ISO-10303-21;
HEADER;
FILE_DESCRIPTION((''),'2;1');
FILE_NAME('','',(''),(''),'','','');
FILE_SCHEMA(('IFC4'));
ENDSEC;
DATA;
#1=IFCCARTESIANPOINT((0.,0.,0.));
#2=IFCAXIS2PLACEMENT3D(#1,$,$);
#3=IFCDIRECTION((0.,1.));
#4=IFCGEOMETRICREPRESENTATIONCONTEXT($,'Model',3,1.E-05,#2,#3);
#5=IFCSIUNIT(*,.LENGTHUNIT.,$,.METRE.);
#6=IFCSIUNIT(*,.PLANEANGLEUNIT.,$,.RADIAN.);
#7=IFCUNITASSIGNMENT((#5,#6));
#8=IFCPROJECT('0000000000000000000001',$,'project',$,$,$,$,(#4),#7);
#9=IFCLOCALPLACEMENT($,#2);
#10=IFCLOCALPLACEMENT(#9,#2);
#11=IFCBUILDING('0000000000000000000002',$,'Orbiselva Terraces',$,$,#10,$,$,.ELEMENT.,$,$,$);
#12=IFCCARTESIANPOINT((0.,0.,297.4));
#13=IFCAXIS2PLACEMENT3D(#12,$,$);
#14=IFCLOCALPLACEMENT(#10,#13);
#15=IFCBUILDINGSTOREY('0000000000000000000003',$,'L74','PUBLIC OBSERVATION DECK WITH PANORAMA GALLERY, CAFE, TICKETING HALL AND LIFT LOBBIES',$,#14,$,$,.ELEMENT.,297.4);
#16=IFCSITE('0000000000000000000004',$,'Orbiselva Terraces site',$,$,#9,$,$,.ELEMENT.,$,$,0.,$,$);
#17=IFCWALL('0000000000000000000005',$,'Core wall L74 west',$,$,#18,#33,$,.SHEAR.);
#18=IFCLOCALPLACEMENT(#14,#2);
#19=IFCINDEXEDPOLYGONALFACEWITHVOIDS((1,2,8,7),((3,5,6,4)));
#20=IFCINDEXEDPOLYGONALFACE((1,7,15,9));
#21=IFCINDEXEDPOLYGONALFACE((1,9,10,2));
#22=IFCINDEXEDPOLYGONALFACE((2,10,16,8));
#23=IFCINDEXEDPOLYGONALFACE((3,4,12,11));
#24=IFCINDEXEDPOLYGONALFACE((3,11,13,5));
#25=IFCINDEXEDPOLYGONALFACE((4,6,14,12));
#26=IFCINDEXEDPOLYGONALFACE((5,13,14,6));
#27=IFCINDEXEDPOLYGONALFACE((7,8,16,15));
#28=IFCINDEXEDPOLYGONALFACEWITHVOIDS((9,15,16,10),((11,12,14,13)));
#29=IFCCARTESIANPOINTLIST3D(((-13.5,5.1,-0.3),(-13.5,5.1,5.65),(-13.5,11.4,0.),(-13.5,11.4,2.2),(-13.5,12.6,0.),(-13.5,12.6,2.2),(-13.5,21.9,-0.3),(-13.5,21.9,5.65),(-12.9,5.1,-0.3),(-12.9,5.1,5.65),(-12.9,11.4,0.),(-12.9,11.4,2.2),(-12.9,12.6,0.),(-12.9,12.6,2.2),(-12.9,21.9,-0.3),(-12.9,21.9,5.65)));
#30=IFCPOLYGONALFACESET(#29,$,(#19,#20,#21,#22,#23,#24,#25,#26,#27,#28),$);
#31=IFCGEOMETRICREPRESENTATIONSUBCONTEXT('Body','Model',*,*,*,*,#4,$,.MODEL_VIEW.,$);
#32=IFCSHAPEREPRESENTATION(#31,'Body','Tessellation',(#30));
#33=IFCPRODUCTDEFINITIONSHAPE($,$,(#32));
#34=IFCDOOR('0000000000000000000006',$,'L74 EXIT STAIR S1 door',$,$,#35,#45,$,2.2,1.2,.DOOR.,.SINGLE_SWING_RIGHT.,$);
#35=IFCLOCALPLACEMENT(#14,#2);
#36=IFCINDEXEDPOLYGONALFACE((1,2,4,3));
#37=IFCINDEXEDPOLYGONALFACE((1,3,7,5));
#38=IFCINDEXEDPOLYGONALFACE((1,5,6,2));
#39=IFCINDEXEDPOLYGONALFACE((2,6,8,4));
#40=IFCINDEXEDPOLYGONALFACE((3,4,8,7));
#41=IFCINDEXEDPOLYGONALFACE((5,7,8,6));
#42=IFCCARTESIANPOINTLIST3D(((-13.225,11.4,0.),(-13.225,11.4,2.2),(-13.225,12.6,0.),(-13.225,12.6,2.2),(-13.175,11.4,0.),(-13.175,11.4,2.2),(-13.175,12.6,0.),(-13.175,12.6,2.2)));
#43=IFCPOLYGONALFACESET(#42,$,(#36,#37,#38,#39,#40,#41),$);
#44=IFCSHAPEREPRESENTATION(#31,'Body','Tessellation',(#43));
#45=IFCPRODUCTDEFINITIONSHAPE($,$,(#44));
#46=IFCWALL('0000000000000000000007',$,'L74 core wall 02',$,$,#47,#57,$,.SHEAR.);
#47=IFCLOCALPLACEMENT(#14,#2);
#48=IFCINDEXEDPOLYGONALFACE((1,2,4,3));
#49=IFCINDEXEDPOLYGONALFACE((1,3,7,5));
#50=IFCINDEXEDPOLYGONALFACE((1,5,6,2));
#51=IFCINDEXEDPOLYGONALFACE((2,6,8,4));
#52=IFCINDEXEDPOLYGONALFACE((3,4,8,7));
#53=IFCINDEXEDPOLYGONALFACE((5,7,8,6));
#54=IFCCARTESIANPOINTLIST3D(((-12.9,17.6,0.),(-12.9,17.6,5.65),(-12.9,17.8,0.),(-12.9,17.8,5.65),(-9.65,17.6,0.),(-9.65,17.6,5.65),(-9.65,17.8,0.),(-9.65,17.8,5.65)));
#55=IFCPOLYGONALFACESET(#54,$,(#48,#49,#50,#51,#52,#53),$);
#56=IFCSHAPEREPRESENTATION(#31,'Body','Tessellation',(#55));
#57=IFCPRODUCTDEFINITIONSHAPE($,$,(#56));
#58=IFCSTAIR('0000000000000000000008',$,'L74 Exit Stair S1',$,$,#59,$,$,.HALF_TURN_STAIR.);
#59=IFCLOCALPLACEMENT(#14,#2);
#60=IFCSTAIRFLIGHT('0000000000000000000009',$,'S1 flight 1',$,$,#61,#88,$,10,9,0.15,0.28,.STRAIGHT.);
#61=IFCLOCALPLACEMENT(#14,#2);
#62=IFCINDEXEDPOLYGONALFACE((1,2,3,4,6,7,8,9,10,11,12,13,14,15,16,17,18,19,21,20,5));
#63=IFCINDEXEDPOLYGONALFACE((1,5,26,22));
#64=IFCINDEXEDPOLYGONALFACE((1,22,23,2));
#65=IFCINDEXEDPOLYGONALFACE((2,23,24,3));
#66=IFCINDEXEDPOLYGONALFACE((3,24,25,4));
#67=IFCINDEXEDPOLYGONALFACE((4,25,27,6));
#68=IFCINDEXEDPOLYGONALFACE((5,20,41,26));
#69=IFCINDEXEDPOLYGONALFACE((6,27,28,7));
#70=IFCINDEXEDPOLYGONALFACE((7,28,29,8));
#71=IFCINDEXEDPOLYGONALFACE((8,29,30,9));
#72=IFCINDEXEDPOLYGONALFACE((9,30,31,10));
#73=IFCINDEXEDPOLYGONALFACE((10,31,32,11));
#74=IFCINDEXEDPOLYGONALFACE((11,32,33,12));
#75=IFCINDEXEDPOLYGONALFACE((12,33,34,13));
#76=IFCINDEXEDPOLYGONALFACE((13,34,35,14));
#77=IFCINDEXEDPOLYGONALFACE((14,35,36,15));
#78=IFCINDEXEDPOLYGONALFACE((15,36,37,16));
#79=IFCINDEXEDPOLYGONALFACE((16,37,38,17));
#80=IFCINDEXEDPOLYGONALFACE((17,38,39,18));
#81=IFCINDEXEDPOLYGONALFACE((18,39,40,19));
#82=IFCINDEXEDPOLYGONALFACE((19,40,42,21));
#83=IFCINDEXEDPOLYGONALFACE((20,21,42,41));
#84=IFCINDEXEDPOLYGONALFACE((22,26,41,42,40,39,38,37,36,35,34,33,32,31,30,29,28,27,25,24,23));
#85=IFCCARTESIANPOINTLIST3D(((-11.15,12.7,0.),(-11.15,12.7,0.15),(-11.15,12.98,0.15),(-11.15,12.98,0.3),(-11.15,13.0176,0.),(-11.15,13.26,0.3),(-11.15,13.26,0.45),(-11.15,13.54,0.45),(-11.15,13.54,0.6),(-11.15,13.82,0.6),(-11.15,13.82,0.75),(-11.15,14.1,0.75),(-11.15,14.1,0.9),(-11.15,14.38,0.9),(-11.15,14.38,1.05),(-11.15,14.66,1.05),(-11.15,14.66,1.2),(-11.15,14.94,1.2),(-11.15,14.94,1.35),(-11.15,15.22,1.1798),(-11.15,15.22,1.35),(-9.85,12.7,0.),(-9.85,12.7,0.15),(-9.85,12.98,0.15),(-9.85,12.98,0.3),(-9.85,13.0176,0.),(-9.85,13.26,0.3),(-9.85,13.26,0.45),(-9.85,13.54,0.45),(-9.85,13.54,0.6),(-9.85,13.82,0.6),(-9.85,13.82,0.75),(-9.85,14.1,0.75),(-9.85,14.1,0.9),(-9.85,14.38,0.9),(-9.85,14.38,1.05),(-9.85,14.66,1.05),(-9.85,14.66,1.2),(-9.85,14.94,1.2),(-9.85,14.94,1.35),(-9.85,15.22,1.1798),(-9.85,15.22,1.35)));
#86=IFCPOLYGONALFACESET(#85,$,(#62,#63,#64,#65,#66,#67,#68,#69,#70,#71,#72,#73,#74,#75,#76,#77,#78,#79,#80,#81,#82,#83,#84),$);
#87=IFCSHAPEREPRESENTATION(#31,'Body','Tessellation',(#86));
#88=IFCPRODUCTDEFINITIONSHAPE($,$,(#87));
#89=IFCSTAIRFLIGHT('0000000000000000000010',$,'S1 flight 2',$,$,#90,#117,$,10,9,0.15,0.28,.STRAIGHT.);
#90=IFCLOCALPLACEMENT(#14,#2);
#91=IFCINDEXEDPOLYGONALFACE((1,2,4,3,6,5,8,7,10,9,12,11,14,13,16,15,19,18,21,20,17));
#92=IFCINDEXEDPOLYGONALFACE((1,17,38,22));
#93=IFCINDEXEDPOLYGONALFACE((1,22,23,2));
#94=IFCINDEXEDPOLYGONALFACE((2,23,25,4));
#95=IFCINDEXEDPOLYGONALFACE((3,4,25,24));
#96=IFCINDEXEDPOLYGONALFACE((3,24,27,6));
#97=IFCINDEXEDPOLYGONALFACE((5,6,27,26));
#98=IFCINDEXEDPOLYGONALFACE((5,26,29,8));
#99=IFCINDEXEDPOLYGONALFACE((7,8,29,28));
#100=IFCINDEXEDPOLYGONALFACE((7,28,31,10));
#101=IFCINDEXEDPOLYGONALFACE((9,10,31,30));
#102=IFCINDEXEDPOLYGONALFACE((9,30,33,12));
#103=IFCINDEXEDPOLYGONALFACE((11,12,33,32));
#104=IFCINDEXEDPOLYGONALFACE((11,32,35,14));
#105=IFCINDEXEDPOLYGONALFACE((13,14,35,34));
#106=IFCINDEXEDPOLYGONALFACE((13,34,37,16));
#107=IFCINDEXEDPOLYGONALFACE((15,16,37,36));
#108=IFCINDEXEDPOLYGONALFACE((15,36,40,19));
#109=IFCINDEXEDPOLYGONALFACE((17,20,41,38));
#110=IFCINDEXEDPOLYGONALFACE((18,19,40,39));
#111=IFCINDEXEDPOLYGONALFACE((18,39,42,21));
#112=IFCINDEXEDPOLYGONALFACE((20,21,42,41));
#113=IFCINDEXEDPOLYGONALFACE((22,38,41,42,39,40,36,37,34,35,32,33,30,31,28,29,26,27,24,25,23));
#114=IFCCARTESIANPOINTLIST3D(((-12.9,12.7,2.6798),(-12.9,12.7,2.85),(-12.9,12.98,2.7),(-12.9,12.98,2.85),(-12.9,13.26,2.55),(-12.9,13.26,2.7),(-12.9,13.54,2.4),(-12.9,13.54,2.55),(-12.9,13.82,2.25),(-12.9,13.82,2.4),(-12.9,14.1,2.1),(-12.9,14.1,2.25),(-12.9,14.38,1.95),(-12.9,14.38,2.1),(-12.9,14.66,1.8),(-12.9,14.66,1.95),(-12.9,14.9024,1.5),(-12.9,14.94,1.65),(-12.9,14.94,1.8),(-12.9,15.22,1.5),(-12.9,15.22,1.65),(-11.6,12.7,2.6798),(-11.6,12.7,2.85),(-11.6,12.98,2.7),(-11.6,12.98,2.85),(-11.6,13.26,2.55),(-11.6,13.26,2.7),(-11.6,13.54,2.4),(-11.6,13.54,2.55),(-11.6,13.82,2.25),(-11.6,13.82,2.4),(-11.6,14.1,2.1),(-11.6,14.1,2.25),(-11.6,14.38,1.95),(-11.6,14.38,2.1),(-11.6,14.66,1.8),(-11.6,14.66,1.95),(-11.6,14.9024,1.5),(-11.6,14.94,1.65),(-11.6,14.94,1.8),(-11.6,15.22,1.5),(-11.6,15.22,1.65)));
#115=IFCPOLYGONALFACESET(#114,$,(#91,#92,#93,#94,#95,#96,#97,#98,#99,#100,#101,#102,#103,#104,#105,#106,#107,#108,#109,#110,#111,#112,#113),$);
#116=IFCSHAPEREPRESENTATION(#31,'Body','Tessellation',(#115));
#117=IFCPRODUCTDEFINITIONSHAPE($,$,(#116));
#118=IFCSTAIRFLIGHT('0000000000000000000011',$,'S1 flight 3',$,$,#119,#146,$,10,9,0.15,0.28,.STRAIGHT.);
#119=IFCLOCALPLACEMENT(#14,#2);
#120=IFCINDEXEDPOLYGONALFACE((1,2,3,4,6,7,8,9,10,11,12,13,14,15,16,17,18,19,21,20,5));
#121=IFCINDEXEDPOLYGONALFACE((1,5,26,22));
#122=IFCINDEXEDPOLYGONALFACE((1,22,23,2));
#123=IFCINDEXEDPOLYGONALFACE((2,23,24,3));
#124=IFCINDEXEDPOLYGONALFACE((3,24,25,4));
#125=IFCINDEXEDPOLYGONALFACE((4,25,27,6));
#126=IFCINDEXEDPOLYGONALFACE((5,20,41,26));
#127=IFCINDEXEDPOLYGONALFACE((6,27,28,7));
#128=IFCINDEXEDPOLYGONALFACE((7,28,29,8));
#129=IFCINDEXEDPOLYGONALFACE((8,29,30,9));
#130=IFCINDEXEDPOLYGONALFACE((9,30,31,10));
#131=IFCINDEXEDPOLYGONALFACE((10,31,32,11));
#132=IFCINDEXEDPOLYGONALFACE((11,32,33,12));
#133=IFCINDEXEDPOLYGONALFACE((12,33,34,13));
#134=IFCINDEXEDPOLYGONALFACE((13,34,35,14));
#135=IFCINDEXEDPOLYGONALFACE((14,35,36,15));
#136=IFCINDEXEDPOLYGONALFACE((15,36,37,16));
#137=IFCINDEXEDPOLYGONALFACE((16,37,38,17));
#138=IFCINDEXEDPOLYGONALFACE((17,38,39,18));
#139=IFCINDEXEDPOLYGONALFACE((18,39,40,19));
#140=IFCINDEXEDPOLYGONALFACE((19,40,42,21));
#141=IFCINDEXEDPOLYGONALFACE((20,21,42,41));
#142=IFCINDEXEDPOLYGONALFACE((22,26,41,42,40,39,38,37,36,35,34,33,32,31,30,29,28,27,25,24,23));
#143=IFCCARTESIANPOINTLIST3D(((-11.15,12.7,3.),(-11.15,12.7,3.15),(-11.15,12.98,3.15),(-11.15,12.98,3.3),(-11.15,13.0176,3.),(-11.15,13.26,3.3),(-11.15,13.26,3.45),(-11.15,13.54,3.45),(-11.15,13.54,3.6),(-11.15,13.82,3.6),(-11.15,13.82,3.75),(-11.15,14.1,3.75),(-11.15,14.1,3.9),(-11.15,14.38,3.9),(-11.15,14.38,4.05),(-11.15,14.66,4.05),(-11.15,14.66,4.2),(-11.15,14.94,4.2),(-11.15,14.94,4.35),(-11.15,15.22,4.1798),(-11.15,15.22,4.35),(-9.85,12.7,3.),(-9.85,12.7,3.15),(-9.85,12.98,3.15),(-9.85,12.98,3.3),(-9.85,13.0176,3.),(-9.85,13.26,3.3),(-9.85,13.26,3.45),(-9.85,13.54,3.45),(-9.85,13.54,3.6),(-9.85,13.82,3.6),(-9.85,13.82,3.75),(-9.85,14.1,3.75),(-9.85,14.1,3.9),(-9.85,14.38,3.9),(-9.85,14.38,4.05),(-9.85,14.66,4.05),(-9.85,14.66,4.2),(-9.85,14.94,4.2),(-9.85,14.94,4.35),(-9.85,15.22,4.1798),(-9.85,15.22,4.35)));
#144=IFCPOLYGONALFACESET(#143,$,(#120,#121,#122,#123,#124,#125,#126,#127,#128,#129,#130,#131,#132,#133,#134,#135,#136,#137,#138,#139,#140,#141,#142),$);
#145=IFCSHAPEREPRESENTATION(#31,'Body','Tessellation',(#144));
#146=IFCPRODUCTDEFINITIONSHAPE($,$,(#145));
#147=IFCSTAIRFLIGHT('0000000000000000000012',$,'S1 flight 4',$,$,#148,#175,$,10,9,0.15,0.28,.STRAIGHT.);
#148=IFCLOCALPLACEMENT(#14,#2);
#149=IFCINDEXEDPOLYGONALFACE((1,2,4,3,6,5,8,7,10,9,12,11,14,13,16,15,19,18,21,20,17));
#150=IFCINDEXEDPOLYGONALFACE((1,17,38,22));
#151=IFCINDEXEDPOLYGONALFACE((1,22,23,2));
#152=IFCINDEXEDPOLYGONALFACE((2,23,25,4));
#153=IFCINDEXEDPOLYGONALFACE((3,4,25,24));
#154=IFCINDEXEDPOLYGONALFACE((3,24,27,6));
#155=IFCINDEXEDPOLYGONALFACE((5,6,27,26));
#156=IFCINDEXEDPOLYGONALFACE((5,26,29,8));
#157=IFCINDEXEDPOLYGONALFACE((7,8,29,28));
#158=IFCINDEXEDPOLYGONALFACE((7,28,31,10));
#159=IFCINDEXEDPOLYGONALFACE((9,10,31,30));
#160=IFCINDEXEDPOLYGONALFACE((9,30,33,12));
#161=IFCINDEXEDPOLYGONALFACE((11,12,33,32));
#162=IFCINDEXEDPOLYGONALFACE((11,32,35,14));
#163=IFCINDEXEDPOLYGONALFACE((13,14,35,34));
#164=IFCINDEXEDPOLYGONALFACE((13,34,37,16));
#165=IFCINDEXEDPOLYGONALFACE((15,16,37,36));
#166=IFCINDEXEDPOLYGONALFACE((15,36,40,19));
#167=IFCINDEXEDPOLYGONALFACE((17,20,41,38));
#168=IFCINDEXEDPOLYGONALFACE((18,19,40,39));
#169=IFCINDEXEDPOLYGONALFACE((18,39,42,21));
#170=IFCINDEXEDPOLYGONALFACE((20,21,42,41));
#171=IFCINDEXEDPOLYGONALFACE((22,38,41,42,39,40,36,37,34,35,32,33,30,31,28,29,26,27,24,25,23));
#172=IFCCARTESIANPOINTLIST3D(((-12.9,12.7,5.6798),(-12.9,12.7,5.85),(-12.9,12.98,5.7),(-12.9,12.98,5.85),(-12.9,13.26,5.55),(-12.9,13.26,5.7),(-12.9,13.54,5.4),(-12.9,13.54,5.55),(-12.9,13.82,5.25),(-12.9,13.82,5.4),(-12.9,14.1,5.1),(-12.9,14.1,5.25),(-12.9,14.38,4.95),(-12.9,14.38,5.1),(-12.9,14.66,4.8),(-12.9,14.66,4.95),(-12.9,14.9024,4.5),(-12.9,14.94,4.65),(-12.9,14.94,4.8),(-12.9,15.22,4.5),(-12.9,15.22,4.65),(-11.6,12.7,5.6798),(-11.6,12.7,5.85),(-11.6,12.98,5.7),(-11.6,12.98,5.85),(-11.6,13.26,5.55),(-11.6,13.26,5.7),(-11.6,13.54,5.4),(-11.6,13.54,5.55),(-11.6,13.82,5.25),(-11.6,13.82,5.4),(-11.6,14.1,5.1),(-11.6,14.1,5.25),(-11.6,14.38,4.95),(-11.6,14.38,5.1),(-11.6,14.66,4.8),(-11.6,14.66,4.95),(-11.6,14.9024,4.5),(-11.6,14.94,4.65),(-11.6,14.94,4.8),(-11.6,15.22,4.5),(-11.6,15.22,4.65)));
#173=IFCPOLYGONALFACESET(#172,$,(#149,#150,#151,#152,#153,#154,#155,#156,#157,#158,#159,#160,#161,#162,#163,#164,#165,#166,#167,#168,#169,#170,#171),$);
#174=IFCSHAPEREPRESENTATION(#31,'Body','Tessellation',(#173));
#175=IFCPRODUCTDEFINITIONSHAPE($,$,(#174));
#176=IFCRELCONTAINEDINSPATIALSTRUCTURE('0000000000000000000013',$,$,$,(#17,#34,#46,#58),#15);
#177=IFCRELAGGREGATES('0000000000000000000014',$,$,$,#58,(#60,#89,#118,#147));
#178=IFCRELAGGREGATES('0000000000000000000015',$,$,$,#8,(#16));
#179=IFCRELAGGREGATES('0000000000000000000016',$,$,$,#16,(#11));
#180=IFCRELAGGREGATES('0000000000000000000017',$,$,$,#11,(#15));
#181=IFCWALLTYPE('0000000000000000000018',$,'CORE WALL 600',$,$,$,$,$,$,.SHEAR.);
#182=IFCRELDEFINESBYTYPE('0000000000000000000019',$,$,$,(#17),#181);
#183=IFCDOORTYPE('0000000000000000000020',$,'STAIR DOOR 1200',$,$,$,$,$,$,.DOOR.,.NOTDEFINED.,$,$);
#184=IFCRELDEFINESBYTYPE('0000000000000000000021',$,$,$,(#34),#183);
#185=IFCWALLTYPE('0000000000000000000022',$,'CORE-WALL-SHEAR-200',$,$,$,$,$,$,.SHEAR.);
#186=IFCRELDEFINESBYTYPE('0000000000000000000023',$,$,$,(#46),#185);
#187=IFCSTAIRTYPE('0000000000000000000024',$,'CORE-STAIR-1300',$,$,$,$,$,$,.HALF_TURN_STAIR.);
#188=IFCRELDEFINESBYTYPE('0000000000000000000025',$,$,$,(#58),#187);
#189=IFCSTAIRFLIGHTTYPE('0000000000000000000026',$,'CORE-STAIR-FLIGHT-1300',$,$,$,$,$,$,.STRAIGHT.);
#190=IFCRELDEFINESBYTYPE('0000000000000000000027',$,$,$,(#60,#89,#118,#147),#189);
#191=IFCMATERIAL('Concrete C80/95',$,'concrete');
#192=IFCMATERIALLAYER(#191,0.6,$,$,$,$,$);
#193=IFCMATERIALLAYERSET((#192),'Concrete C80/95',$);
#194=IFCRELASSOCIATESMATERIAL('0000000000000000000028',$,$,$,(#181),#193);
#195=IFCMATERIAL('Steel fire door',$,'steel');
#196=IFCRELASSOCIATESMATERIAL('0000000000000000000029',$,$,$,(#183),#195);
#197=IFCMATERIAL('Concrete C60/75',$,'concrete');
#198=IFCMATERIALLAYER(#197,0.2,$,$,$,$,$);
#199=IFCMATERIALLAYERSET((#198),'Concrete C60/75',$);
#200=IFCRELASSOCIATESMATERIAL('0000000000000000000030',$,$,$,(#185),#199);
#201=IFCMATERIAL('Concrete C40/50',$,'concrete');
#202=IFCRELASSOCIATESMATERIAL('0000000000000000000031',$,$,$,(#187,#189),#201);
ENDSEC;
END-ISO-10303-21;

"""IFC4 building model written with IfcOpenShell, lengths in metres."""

from ifc_helpers import new_model, si_unit, direction, frame, frame_2d, origin, place, context, subcontext, project, spatial, polyline, rectangle, outline, extrude, material, layer, layer_set, type_object, element, fill, aggregate, save


model = new_model("IFC4")

# Units and contexts
model_context = context("Model", 3, precision=1e-05, world=origin(), true_north=direction((0.0, 1.0)))
body_context = subcontext(model_context, "Body", "Model", "MODEL_VIEW")
ifc_project = project(units=[si_unit("LENGTHUNIT", "METRE"), si_unit("PLANEANGLEUNIT", "RADIAN")], contexts=[model_context])

# Site, building, storey
site_placement = place(None, origin())
site = spatial("IfcSite", under=ifc_project, at=site_placement, Name="Orbiselva Terraces site", CompositionType="ELEMENT", RefElevation=0.0)
building_placement = place(site_placement, origin())
building = spatial("IfcBuilding", under=site, at=building_placement, Name="Orbiselva Terraces", CompositionType="ELEMENT")
storey_placement = place(building_placement, frame((0.0, 0.0, 297.4)))
storey = spatial("IfcBuildingStorey", under=building, at=storey_placement, Name="L74", Description="PUBLIC OBSERVATION DECK WITH PANORAMA GALLERY, CAFE, TICKETING HALL AND LIFT LOBBIES", CompositionType="ELEMENT", Elevation=297.4)

# Wall, opening, door
ifc_material_1 = material(Name="Concrete C80/95", Category="concrete")
ifc_layer_1 = layer(ifc_material_1, 0.6)
ifc_layer_set_1 = layer_set([ifc_layer_1], Name="Concrete C80/95")
wall_type_1 = type_object("IfcWallType", Name="CORE WALL 600", PredefinedType="SHEAR", material=ifc_layer_set_1)
wall_1_placement = place(storey_placement, frame((-13.2, 21.9, -0.3), z_axis=(0.0, 0.0, 1.0), x_axis=(0.0, -1.0, 0.0)))
wall_1 = element("IfcWall", 1, at=wall_1_placement, inside=storey, type_object=wall_type_1, Name="Core wall L74 west", PredefinedType="SHEAR", context=body_context, shape_type="SweptSolid", body=[
    extrude(rectangle(XDim=16.8, YDim=0.6, at=frame_2d((8.4, 0.0))), origin(), (0.0, 0.0, 1.0), 5.95),
])
opening_placement = place(wall_1_placement, frame((9.3, 0.0, 0.3)))
opening = element("IfcOpeningElement", 2, at=opening_placement, cuts=wall_1, PredefinedType="OPENING", context=body_context, shape_type="SweptSolid", body=[
    extrude(rectangle(XDim=1.2, YDim=2.2, at=frame_2d((0.6, 1.1))), frame((0.0, 0.31, 0.0), z_axis=(0.0, -1.0, 0.0), x_axis=(1.0, 0.0, 0.0)), (0.0, 0.0, 1.0), 0.62),
])
ifc_material_2 = material(Name="Steel fire door", Category="steel")
door_type = type_object("IfcDoorType", Name="STAIR DOOR 1200", OperationType="NOTDEFINED", PredefinedType="DOOR", material=ifc_material_2)
door_placement = place(opening_placement, frame((1.2, 0.0, 0.0), z_axis=(0.0, 0.0, 1.0), x_axis=(-1.0, 0.0, 0.0)))
door = element("IfcDoor", 3, at=door_placement, inside=storey, type_object=door_type, Name="L74 EXIT STAIR S1 door", OperationType="SINGLE_SWING_RIGHT", OverallHeight=2.2, OverallWidth=1.2, PredefinedType="DOOR", context=body_context, shape_type="SweptSolid", body=[
    extrude(rectangle(XDim=1.2, YDim=2.2, at=frame_2d((0.6, 1.1))), frame((0.0, 0.025, 0.0), z_axis=(0.0, -1.0, 0.0), x_axis=(1.0, 0.0, 0.0)), (0.0, 0.0, 1.0), 0.05),
])
fill(opening, door)

# Wall
ifc_material_3 = material(Name="Concrete C60/75", Category="concrete")
ifc_layer_2 = layer(ifc_material_3, 0.2)
ifc_layer_set_2 = layer_set([ifc_layer_2], Name="Concrete C60/75")
wall_type_2 = type_object("IfcWallType", Name="CORE-WALL-SHEAR-200", PredefinedType="SHEAR", material=ifc_layer_set_2)
wall_2_placement = place(storey_placement, frame((-12.9, 17.7, 0.0), z_axis=(0.0, 0.0, 1.0), x_axis=(1.0, 0.0, 0.0)))
element("IfcWall", 4, at=wall_2_placement, inside=storey, type_object=wall_type_2, Name="L74 core wall 02", PredefinedType="SHEAR", context=body_context, shape_type="SweptSolid", body=[
    extrude(rectangle(XDim=3.25, YDim=0.2, at=frame_2d((1.625, 0.0))), origin(), (0.0, 0.0, 1.0), 5.65),
])

# Stair, stair flights
ifc_material_4 = material(Name="Concrete C40/50", Category="concrete")
stair_type = type_object("IfcStairType", Name="CORE-STAIR-1300", PredefinedType="HALF_TURN_STAIR", material=ifc_material_4)
stair_placement = place(storey_placement, origin())
stair = element("IfcStair", 5, at=stair_placement, inside=storey, type_object=stair_type, Name="L74 Exit Stair S1", PredefinedType="HALF_TURN_STAIR")
stair_flight_type = type_object("IfcStairFlightType", Name="CORE-STAIR-FLIGHT-1300", PredefinedType="STRAIGHT", material=ifc_material_4)
stair_flight_1_placement = place(storey_placement, frame((-10.5, 12.7, 0.0), z_axis=(0.0, 0.0, 1.0), x_axis=(0.0, 1.0, 0.0)))
stair_flight_1 = element("IfcStairFlight", 6, at=stair_flight_1_placement, type_object=stair_flight_type, Name="S1 flight 1", NumberOfRisers=10, NumberOfTreads=9, PredefinedType="STRAIGHT", RiserHeight=0.15, TreadLength=0.28, context=body_context, shape_type="SweptSolid", body=[
    extrude(outline(polyline([(0.0, 0.0), (0.0, 0.15), (0.28, 0.15), (0.28, 0.3), (0.56, 0.3), (0.56, 0.45), (0.84, 0.45), (0.84, 0.6), (1.12, 0.6), (1.12, 0.75), (1.4, 0.75), (1.4, 0.9), (1.68, 0.9), (1.68, 1.05), (1.96, 1.05), (1.96, 1.2), (2.24, 1.2), (2.24, 1.35), (2.52, 1.35), (2.52, 1.5), (2.52, 1.1798), (0.3176, 0.0), (0.0, 0.0)])), frame((0.0, 0.65, 0.0), z_axis=(0.0, -1.0, 0.0), x_axis=(1.0, 0.0, 0.0)), (0.0, 0.0, 1.0), 1.3),
])
stair_flight_2_placement = place(storey_placement, frame((-12.25, 15.22, 1.5), z_axis=(0.0, 0.0, 1.0), x_axis=(0.0, -1.0, 0.0)))
stair_flight_2 = element("IfcStairFlight", 7, at=stair_flight_2_placement, type_object=stair_flight_type, Name="S1 flight 2", NumberOfRisers=10, NumberOfTreads=9, PredefinedType="STRAIGHT", RiserHeight=0.15, TreadLength=0.28, context=body_context, shape_type="SweptSolid", body=[
    extrude(outline(polyline([(0.0, 0.0), (0.0, 0.15), (0.28, 0.15), (0.28, 0.3), (0.56, 0.3), (0.56, 0.45), (0.84, 0.45), (0.84, 0.6), (1.12, 0.6), (1.12, 0.75), (1.4, 0.75), (1.4, 0.9), (1.68, 0.9), (1.68, 1.05), (1.96, 1.05), (1.96, 1.2), (2.24, 1.2), (2.24, 1.35), (2.52, 1.35), (2.52, 1.5), (2.52, 1.1798), (0.3176, 0.0), (0.0, 0.0)])), frame((0.0, 0.65, 0.0), z_axis=(0.0, -1.0, 0.0), x_axis=(1.0, 0.0, 0.0)), (0.0, 0.0, 1.0), 1.3),
])
stair_flight_3_placement = place(storey_placement, frame((-10.5, 12.7, 3.0), z_axis=(0.0, 0.0, 1.0), x_axis=(0.0, 1.0, 0.0)))
stair_flight_3 = element("IfcStairFlight", 8, at=stair_flight_3_placement, type_object=stair_flight_type, Name="S1 flight 3", NumberOfRisers=10, NumberOfTreads=9, PredefinedType="STRAIGHT", RiserHeight=0.15, TreadLength=0.28, context=body_context, shape_type="SweptSolid", body=[
    extrude(outline(polyline([(0.0, 0.0), (0.0, 0.15), (0.28, 0.15), (0.28, 0.3), (0.56, 0.3), (0.56, 0.45), (0.84, 0.45), (0.84, 0.6), (1.12, 0.6), (1.12, 0.75), (1.4, 0.75), (1.4, 0.9), (1.68, 0.9), (1.68, 1.05), (1.96, 1.05), (1.96, 1.2), (2.24, 1.2), (2.24, 1.35), (2.52, 1.35), (2.52, 1.5), (2.52, 1.1798), (0.3176, 0.0), (0.0, 0.0)])), frame((0.0, 0.65, 0.0), z_axis=(0.0, -1.0, 0.0), x_axis=(1.0, 0.0, 0.0)), (0.0, 0.0, 1.0), 1.3),
])
stair_flight_4_placement = place(storey_placement, frame((-12.25, 15.22, 4.5), z_axis=(0.0, 0.0, 1.0), x_axis=(0.0, -1.0, 0.0)))
stair_flight_4 = element("IfcStairFlight", 9, at=stair_flight_4_placement, type_object=stair_flight_type, Name="S1 flight 4", NumberOfRisers=10, NumberOfTreads=9, PredefinedType="STRAIGHT", RiserHeight=0.15, TreadLength=0.28, context=body_context, shape_type="SweptSolid", body=[
    extrude(outline(polyline([(0.0, 0.0), (0.0, 0.15), (0.28, 0.15), (0.28, 0.3), (0.56, 0.3), (0.56, 0.45), (0.84, 0.45), (0.84, 0.6), (1.12, 0.6), (1.12, 0.75), (1.4, 0.75), (1.4, 0.9), (1.68, 0.9), (1.68, 1.05), (1.96, 1.05), (1.96, 1.2), (2.24, 1.2), (2.24, 1.35), (2.52, 1.35), (2.52, 1.5), (2.52, 1.1798), (0.3176, 0.0), (0.0, 0.0)])), frame((0.0, 0.65, 0.0), z_axis=(0.0, -1.0, 0.0), x_axis=(1.0, 0.0, 0.0)), (0.0, 0.0, 1.0), 1.3),
])
aggregate(stair, [stair_flight_1, stair_flight_2, stair_flight_3, stair_flight_4])

save(model, "model.ifc")
